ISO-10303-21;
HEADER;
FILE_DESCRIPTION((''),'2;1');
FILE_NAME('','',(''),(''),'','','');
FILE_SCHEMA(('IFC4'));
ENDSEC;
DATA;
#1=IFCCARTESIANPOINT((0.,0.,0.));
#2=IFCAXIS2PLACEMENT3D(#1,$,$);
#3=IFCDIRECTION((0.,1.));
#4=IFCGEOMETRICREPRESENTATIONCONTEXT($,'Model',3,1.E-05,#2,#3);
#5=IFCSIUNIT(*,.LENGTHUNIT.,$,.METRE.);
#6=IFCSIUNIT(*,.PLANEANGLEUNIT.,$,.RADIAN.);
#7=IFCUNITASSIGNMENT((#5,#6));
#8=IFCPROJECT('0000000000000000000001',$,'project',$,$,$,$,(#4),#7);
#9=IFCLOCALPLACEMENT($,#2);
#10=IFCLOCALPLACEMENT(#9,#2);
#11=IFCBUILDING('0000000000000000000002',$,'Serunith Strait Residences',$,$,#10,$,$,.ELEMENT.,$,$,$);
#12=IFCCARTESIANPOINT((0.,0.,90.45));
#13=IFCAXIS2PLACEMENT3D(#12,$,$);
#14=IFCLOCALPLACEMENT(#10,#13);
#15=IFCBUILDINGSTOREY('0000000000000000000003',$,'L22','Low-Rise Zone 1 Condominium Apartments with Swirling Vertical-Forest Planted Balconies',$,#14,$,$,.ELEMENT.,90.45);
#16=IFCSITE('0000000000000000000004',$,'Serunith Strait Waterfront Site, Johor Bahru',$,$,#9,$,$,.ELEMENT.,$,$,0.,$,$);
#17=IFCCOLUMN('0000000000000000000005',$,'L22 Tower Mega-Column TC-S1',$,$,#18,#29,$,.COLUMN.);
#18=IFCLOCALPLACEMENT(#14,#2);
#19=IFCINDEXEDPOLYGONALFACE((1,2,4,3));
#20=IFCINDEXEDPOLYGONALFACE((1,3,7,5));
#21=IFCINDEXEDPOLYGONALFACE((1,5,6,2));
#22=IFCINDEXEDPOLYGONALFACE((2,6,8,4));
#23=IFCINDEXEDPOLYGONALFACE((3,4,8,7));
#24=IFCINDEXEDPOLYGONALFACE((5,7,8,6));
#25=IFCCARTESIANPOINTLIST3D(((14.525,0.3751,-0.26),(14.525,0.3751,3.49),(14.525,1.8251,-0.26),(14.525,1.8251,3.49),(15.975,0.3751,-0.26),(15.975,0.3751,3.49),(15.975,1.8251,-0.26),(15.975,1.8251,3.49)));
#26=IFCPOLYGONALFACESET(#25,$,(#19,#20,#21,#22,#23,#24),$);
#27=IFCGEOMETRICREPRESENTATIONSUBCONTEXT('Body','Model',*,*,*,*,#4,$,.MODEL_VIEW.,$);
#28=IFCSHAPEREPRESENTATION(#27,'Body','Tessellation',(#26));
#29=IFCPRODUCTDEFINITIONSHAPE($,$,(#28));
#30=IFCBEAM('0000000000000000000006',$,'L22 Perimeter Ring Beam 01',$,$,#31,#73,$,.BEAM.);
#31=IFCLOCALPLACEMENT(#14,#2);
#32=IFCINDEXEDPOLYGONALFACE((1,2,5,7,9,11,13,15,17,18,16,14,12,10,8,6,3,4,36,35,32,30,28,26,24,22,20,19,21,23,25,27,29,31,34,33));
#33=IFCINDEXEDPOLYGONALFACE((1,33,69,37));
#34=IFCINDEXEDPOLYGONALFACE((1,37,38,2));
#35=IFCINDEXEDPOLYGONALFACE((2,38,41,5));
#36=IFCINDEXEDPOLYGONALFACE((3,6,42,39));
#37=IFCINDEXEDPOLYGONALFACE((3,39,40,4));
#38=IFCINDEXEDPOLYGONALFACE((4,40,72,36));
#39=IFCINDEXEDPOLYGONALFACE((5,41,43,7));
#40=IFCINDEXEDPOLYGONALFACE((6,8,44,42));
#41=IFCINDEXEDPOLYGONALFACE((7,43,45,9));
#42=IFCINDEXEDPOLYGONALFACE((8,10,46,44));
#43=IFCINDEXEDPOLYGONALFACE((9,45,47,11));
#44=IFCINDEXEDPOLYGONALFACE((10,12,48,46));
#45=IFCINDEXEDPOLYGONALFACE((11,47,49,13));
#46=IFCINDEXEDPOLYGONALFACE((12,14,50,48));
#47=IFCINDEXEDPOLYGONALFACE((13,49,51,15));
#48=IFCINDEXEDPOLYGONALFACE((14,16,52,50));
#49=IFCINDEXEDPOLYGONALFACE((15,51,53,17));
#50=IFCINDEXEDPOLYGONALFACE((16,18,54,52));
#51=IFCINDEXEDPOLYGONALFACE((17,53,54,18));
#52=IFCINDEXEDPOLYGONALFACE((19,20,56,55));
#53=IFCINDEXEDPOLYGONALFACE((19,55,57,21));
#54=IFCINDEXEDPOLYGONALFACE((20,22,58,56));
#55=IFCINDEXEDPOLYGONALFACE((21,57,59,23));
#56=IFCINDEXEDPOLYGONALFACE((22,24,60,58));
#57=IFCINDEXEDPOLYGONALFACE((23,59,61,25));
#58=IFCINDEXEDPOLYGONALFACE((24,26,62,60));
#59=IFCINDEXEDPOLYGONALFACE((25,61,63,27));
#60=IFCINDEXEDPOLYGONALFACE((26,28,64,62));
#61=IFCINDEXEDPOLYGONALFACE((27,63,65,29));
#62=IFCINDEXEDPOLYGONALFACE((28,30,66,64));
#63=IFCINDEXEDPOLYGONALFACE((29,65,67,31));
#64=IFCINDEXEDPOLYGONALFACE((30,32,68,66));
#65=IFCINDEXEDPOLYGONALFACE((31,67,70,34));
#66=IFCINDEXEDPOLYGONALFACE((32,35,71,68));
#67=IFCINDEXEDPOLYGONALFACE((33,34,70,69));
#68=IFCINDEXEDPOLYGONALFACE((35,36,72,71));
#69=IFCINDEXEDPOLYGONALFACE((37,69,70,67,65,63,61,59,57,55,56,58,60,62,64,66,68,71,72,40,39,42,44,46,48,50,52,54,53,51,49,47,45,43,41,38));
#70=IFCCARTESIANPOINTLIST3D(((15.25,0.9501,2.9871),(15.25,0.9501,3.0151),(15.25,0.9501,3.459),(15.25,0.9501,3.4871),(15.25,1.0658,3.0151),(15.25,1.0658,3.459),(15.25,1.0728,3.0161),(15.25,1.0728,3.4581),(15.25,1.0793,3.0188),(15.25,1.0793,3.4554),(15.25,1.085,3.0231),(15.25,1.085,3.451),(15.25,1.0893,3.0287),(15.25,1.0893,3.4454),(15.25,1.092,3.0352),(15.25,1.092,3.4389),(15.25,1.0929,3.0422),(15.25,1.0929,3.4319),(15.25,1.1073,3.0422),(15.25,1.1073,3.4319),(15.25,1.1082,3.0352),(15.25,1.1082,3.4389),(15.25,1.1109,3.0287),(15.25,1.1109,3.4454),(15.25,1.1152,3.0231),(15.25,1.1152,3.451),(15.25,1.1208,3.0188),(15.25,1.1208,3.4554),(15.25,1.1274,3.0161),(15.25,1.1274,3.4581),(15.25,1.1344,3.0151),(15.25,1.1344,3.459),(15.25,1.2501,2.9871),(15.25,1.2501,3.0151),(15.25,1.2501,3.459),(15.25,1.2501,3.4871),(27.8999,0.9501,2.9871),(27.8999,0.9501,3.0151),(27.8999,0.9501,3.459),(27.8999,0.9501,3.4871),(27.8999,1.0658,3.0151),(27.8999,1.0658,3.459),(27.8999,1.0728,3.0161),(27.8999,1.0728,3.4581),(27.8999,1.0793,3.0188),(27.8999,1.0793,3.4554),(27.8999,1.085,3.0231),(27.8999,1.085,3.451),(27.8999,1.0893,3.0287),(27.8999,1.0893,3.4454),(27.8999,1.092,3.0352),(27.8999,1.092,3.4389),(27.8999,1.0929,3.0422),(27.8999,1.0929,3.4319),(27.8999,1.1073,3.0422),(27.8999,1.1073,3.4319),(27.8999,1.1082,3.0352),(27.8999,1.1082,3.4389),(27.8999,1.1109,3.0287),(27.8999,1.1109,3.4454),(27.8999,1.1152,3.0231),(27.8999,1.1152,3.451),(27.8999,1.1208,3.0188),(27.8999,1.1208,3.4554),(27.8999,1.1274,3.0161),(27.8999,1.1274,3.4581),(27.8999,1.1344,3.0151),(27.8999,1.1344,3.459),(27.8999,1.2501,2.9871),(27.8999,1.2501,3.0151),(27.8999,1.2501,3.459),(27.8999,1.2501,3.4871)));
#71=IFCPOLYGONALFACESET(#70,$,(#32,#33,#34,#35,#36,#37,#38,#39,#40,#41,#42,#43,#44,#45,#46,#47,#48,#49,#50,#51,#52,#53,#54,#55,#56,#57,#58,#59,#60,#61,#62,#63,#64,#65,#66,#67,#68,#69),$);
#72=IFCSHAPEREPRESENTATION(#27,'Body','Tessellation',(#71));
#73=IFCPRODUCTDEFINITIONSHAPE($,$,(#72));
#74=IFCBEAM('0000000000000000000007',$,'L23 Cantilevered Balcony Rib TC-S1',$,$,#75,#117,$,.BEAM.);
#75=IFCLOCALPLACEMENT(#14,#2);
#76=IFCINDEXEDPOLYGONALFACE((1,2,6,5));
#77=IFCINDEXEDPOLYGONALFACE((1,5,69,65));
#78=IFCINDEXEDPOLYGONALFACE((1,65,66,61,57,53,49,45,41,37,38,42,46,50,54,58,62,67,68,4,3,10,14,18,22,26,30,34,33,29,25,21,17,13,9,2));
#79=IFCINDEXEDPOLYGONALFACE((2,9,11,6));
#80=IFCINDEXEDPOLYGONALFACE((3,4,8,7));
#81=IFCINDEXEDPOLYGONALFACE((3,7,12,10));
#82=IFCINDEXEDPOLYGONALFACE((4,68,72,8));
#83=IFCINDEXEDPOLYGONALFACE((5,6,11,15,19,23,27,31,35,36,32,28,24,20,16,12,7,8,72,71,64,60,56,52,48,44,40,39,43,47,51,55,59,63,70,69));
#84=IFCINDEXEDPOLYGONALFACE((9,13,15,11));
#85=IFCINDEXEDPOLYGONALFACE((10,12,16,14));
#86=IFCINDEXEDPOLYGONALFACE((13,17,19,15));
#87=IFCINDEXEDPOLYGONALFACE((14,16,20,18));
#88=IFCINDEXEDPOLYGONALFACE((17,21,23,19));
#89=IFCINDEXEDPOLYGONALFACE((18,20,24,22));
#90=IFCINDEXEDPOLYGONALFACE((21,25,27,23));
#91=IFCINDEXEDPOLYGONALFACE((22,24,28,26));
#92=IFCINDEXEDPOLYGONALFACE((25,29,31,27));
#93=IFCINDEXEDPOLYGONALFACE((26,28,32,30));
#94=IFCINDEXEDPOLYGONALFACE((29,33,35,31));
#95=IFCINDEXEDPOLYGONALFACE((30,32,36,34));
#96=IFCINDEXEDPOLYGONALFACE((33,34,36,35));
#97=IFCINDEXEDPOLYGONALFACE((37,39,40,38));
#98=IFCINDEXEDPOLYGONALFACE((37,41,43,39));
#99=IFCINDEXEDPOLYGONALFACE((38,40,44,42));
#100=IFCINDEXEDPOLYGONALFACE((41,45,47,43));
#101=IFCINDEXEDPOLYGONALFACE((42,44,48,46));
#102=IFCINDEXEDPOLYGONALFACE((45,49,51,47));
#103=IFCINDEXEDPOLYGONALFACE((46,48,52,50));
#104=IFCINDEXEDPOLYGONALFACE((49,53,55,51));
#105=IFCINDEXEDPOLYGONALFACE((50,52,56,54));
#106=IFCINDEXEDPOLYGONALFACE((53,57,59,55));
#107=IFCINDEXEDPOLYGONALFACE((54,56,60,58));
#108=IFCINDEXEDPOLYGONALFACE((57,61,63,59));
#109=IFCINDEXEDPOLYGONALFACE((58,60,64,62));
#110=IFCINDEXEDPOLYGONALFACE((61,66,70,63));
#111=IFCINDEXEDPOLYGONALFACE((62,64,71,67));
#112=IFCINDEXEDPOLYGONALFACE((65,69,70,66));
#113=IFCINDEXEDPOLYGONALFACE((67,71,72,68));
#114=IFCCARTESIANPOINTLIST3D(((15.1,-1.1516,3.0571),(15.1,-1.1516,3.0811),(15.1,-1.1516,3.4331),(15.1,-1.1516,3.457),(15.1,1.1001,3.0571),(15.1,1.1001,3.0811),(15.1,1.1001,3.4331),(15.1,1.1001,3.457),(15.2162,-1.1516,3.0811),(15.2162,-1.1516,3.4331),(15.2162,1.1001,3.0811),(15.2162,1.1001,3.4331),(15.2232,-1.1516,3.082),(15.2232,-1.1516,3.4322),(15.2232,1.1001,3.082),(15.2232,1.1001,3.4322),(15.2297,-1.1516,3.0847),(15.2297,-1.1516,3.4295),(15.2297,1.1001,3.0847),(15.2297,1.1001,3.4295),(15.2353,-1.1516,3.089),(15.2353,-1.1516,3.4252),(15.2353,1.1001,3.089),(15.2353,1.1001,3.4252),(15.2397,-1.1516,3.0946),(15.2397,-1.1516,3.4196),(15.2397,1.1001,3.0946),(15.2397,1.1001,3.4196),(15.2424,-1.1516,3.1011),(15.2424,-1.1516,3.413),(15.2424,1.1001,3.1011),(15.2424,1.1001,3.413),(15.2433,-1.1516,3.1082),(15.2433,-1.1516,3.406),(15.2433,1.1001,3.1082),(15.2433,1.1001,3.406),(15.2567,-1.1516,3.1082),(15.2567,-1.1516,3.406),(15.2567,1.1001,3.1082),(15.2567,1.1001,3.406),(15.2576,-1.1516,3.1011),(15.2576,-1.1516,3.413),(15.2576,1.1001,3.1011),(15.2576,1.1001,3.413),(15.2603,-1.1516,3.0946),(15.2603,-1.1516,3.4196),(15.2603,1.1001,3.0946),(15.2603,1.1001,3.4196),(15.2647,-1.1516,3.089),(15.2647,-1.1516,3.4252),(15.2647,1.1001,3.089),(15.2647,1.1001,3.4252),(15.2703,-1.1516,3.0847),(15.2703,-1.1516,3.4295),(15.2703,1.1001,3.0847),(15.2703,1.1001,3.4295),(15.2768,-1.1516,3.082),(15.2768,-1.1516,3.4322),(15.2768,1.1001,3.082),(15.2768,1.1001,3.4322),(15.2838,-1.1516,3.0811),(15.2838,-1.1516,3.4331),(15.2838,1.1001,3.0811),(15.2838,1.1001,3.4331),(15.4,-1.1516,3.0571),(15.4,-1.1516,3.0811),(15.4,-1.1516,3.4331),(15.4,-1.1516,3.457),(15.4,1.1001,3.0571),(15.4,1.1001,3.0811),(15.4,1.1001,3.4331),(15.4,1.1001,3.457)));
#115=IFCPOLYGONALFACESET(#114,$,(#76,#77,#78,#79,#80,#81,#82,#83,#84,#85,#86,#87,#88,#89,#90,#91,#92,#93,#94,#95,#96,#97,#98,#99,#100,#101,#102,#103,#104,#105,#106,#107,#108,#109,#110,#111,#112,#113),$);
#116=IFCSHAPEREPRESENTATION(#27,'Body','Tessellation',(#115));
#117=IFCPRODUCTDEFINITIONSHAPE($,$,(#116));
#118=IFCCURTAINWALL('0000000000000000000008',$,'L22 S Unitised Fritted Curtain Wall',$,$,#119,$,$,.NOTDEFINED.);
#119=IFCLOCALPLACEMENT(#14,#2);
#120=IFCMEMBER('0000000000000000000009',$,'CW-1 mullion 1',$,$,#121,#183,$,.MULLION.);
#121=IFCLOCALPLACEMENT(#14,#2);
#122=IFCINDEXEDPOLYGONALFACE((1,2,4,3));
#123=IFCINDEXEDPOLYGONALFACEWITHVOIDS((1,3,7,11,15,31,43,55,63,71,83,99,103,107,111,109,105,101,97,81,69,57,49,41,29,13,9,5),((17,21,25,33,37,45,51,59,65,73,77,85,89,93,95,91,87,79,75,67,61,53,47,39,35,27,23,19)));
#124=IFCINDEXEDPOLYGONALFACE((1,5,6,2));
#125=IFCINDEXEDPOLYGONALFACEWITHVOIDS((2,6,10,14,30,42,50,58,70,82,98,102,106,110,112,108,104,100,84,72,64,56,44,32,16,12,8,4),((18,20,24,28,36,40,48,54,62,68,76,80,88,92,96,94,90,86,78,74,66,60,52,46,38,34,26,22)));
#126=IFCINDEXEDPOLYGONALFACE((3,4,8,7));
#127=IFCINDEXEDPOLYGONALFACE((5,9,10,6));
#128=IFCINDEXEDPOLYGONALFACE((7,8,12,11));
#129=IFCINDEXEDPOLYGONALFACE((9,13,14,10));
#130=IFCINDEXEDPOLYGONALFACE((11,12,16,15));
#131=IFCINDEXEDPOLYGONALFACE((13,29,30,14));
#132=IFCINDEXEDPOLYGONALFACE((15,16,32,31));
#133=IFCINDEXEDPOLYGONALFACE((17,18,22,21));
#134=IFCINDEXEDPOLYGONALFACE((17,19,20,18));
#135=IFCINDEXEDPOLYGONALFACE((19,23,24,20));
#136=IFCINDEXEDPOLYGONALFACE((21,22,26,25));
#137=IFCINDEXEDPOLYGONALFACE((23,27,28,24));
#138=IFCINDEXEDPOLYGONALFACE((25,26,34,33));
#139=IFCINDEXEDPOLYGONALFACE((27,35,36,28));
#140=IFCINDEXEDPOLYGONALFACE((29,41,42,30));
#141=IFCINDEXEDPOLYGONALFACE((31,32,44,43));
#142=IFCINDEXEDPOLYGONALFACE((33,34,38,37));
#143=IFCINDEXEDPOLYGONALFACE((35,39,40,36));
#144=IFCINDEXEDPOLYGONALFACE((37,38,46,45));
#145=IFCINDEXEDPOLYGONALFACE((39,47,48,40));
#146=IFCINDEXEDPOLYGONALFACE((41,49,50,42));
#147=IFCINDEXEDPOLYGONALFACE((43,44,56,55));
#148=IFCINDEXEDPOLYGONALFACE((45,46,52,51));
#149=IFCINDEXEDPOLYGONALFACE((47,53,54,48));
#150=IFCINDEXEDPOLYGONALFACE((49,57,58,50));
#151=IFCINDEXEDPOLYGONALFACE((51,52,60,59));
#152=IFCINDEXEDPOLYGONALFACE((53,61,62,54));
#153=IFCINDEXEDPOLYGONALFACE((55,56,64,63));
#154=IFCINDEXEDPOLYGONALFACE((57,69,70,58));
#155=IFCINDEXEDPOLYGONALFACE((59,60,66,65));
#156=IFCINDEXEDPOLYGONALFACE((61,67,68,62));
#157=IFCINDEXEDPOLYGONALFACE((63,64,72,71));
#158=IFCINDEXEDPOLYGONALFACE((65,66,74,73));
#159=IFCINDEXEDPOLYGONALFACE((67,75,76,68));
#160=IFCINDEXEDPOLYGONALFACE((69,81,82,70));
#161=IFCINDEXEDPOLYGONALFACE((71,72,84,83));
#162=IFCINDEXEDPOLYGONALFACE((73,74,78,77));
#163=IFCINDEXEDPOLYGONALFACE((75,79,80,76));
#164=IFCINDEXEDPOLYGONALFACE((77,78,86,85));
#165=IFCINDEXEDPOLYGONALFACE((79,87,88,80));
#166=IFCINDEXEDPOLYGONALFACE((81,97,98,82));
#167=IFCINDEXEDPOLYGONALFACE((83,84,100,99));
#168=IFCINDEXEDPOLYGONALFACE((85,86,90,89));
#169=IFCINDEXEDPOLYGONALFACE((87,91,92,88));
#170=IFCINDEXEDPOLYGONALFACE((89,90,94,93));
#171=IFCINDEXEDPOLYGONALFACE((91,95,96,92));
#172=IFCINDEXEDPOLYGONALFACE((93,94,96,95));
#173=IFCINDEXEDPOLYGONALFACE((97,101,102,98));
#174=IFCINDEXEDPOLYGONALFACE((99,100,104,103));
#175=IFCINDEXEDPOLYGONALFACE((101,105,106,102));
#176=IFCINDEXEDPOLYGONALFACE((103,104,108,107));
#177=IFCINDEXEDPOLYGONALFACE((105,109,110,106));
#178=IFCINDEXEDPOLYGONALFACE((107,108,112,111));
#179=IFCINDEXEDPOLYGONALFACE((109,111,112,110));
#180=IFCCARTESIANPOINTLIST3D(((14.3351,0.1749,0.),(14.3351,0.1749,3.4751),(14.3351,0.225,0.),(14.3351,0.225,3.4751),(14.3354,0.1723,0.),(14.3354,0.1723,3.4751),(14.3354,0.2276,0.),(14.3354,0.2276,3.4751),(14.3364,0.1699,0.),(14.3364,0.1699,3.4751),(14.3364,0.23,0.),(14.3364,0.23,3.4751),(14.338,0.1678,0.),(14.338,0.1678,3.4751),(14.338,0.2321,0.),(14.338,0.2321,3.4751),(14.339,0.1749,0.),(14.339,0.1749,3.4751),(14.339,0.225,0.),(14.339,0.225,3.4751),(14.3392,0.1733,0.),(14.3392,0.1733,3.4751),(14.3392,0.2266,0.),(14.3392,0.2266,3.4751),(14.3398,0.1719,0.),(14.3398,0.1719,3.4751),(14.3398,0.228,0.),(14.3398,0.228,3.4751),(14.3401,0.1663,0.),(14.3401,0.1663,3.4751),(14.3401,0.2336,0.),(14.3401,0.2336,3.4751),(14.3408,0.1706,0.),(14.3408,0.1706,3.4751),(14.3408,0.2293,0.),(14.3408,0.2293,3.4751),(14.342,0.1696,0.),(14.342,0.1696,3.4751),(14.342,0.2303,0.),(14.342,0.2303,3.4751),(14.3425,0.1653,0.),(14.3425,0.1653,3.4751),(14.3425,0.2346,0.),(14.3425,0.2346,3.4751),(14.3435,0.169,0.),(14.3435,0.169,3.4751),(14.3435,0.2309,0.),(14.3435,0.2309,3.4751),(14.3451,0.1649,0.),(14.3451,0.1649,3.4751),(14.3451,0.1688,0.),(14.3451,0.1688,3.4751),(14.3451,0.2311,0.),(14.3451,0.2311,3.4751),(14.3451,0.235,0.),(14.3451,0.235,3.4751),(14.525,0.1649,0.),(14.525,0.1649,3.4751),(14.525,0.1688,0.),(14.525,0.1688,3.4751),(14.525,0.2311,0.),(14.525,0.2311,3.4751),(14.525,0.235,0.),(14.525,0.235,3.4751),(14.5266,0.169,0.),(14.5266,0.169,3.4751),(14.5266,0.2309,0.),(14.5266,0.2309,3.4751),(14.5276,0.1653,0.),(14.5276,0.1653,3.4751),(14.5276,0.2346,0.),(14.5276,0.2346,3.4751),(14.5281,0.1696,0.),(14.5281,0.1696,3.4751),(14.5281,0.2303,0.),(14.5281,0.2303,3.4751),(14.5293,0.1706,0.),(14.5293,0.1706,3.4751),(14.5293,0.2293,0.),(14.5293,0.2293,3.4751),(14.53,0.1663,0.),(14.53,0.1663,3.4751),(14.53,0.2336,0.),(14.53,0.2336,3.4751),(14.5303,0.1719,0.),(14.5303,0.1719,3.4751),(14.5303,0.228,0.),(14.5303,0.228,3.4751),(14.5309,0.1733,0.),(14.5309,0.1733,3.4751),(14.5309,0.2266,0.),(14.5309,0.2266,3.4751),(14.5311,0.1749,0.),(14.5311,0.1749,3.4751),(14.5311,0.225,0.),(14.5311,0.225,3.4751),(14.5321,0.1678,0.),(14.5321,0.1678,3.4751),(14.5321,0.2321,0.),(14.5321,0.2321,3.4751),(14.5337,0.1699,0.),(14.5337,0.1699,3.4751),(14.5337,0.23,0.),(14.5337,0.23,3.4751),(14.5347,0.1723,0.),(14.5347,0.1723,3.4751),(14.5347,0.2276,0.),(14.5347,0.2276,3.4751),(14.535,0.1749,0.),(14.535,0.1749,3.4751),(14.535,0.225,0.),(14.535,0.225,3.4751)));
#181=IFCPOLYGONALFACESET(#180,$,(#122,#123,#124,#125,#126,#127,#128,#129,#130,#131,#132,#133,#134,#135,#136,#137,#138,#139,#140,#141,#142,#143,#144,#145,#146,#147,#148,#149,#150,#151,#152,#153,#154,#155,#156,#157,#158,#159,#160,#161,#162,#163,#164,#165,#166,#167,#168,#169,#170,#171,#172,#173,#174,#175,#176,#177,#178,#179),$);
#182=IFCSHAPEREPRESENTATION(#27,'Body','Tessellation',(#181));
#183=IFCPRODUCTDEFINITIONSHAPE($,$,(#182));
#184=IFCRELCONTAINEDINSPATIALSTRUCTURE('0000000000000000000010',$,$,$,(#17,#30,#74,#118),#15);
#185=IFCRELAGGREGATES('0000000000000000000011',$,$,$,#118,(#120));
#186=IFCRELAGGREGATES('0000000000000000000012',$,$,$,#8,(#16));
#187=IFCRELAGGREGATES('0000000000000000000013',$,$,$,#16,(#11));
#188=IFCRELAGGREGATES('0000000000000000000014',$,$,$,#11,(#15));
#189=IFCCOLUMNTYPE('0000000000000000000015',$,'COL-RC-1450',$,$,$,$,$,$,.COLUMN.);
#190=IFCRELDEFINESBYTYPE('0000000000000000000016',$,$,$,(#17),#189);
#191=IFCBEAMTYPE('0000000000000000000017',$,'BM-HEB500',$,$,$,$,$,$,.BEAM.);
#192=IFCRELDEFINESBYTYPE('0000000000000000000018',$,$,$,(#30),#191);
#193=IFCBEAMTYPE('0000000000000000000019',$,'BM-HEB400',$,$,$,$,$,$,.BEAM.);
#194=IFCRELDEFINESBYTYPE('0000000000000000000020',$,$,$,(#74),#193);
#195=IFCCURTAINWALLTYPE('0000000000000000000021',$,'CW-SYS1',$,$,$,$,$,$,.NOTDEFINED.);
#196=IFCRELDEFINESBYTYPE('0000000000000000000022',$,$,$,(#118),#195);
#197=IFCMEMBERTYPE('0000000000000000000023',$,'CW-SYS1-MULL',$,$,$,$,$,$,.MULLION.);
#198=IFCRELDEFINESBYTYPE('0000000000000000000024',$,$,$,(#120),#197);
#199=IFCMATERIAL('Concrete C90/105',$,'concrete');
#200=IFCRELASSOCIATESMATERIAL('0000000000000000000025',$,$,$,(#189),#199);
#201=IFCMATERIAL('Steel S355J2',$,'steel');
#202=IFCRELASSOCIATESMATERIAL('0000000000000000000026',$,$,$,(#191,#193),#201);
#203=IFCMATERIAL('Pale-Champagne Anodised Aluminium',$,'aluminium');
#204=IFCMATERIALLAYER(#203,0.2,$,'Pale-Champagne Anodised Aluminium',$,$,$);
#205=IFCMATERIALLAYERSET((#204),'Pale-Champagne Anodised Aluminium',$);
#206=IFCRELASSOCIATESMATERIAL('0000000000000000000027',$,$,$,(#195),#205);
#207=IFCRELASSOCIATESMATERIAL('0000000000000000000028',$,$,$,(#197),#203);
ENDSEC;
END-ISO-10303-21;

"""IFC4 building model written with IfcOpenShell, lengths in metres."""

from ifc_helpers import new_model, si_unit, direction, frame, origin, origin_2d, place, context, subcontext, project, spatial, rectangle, hollow_rectangle, i_section, extrude, source, transform, mapped, material, layer, layer_set, material_profile, profile_set, type_object, element, aggregate, save


model = new_model("IFC4")

# Units and contexts
model_context = context("Model", 3, precision=1e-05, world=origin(), true_north=direction((0.0, 1.0)))
body_context = subcontext(model_context, "Body", "Model", "MODEL_VIEW")
ifc_project = project(units=[si_unit("LENGTHUNIT", "METRE"), si_unit("PLANEANGLEUNIT", "RADIAN")], contexts=[model_context])

# Site, building, storey
site_placement = place(None, origin())
site = spatial("IfcSite", under=ifc_project, at=site_placement, Name="Serunith Strait Waterfront Site, Johor Bahru", CompositionType="ELEMENT", RefElevation=0.0)
building_placement = place(site_placement, origin())
building = spatial("IfcBuilding", under=site, at=building_placement, Name="Serunith Strait Residences", CompositionType="ELEMENT")
storey_placement = place(building_placement, frame((0.0, 0.0, 90.45)))
storey = spatial("IfcBuildingStorey", under=building, at=storey_placement, Name="L22", Description="Low-Rise Zone 1 Condominium Apartments with Swirling Vertical-Forest Planted Balconies", CompositionType="ELEMENT", Elevation=90.45)

# Column
ifc_material_1 = material(Name="Concrete C90/105", Category="concrete")
ifc_material_profile_1 = material_profile(ifc_material_1, rectangle(XDim=1.45, YDim=1.45, at=origin_2d()), Name="RC 1450x1450")
ifc_profile_set_1 = profile_set([ifc_material_profile_1], Name="Concrete C90/105")
column_type = type_object("IfcColumnType", Name="COL-RC-1450", PredefinedType="COLUMN", material=ifc_profile_set_1)
shared_shape_1 = source(origin(), body_context, "Body", "SweptSolid", [
    extrude(rectangle(XDim=1.45, YDim=1.45, at=origin_2d()), origin(), (0.0, 0.0, 1.0), 3.75),
])
column_placement = place(storey_placement, frame((15.25, 1.1001, -0.26), z_axis=(0.0, 0.0, 1.0), x_axis=(1.0, 0.0, 0.0)))
element("IfcColumn", 1, at=column_placement, inside=storey, type_object=column_type, Name="L22 Tower Mega-Column TC-S1", PredefinedType="COLUMN", context=body_context, shape_type="MappedRepresentation", body=[
    mapped(shared_shape_1, transform((0.0, 0.0, 0.0), scale=1.0)),
])

# Beams
ifc_material_2 = material(Name="Steel S355J2", Category="steel")
ifc_material_profile_2 = material_profile(ifc_material_2, i_section(OverallWidth=0.3, OverallDepth=0.5, WebThickness=0.0144, FlangeThickness=0.0281, FilletRadius=0.0271, at=origin_2d()), Name="HEB 500")
ifc_profile_set_2 = profile_set([ifc_material_profile_2], Name="Steel S355J2")
beam_type_1 = type_object("IfcBeamType", Name="BM-HEB500", PredefinedType="BEAM", material=ifc_profile_set_2)
shared_shape_2 = source(origin(), body_context, "Body", "SweptSolid", [
    extrude(i_section(OverallWidth=0.3, OverallDepth=0.5, WebThickness=0.0144, FlangeThickness=0.0281, FilletRadius=0.0271, at=origin_2d()), origin(), (0.0, 0.0, 1.0), 12.6499),
])
beam_1_placement = place(storey_placement, frame((15.25, 1.1001, 3.2371), z_axis=(1.0, 0.0, 0.0), x_axis=(0.0, 1.0, 0.0)))
element("IfcBeam", 2, at=beam_1_placement, inside=storey, type_object=beam_type_1, Name="L22 Perimeter Ring Beam 01", PredefinedType="BEAM", context=body_context, shape_type="MappedRepresentation", body=[
    mapped(shared_shape_2, transform((0.0, 0.0, 0.0), scale=1.0)),
])
ifc_material_profile_3 = material_profile(ifc_material_2, i_section(OverallWidth=0.3, OverallDepth=0.3999, WebThickness=0.0134, FlangeThickness=0.0239, FilletRadius=0.0271, at=origin_2d()), Name="HEB 400")
ifc_profile_set_3 = profile_set([ifc_material_profile_3], Name="Steel S355J2")
beam_type_2 = type_object("IfcBeamType", Name="BM-HEB400", PredefinedType="BEAM", material=ifc_profile_set_3)
shared_shape_3 = source(origin(), body_context, "Body", "SweptSolid", [
    extrude(i_section(OverallWidth=0.3, OverallDepth=0.3999, WebThickness=0.0134, FlangeThickness=0.0239, FilletRadius=0.0271, at=origin_2d()), origin(), (0.0, 0.0, 1.0), 2.2517),
])
beam_2_placement = place(storey_placement, frame((15.25, 1.1001, 3.2571), z_axis=(0.0, -1.0, 0.0), x_axis=(1.0, 0.0, 0.0)))
element("IfcBeam", 3, at=beam_2_placement, inside=storey, type_object=beam_type_2, Name="L23 Cantilevered Balcony Rib TC-S1", PredefinedType="BEAM", context=body_context, shape_type="MappedRepresentation", body=[
    mapped(shared_shape_3, transform((0.0, 0.0, 0.0), scale=1.0)),
])

# Curtain wall, member
ifc_material_3 = material(Name="Pale-Champagne Anodised Aluminium", Category="aluminium")
ifc_layer_1 = layer(ifc_material_3, 0.2, Name="Pale-Champagne Anodised Aluminium")
ifc_layer_set_1 = layer_set([ifc_layer_1], Name="Pale-Champagne Anodised Aluminium")
curtain_wall_type = type_object("IfcCurtainWallType", Name="CW-SYS1", PredefinedType="NOTDEFINED", material=ifc_layer_set_1)
curtain_wall_1_placement = place(storey_placement, origin())
curtain_wall_1 = element("IfcCurtainWall", 4, at=curtain_wall_1_placement, inside=storey, type_object=curtain_wall_type, Name="L22 S Unitised Fritted Curtain Wall", PredefinedType="NOTDEFINED")
ifc_material_profile_4 = material_profile(ifc_material_3, hollow_rectangle(XDim=0.0701, YDim=0.2, WallThickness=0.0039, InnerFilletRadius=0.0061, OuterFilletRadius=0.01, at=origin_2d()), Name="ALU 200x70x4")
ifc_profile_set_4 = profile_set([ifc_material_profile_4], Name="Pale-Champagne Anodised Aluminium")
member_type_1 = type_object("IfcMemberType", Name="CW-SYS1-MULL", PredefinedType="MULLION", material=ifc_profile_set_4)
shared_shape_4 = source(origin(), body_context, "Body", "SweptSolid", [
    extrude(hollow_rectangle(XDim=0.0701, YDim=0.2, WallThickness=0.0039, InnerFilletRadius=0.0061, OuterFilletRadius=0.01, at=origin_2d()), origin(), (0.0, 0.0, 1.0), 3.4751),
])
member_1_placement = place(storey_placement, frame((14.4351, 0.2, 0.0), z_axis=(0.0, 0.0, 1.0), x_axis=(0.0, 1.0, 0.0)))
member_1 = element("IfcMember", 5, at=member_1_placement, type_object=member_type_1, Name="CW-1 mullion 1", PredefinedType="MULLION", context=body_context, shape_type="MappedRepresentation", body=[
    mapped(shared_shape_4, transform((0.0, 0.0, 0.0), scale=1.0)),
])

aggregate(curtain_wall_1, [member_1])

save(model, "model.ifc")
